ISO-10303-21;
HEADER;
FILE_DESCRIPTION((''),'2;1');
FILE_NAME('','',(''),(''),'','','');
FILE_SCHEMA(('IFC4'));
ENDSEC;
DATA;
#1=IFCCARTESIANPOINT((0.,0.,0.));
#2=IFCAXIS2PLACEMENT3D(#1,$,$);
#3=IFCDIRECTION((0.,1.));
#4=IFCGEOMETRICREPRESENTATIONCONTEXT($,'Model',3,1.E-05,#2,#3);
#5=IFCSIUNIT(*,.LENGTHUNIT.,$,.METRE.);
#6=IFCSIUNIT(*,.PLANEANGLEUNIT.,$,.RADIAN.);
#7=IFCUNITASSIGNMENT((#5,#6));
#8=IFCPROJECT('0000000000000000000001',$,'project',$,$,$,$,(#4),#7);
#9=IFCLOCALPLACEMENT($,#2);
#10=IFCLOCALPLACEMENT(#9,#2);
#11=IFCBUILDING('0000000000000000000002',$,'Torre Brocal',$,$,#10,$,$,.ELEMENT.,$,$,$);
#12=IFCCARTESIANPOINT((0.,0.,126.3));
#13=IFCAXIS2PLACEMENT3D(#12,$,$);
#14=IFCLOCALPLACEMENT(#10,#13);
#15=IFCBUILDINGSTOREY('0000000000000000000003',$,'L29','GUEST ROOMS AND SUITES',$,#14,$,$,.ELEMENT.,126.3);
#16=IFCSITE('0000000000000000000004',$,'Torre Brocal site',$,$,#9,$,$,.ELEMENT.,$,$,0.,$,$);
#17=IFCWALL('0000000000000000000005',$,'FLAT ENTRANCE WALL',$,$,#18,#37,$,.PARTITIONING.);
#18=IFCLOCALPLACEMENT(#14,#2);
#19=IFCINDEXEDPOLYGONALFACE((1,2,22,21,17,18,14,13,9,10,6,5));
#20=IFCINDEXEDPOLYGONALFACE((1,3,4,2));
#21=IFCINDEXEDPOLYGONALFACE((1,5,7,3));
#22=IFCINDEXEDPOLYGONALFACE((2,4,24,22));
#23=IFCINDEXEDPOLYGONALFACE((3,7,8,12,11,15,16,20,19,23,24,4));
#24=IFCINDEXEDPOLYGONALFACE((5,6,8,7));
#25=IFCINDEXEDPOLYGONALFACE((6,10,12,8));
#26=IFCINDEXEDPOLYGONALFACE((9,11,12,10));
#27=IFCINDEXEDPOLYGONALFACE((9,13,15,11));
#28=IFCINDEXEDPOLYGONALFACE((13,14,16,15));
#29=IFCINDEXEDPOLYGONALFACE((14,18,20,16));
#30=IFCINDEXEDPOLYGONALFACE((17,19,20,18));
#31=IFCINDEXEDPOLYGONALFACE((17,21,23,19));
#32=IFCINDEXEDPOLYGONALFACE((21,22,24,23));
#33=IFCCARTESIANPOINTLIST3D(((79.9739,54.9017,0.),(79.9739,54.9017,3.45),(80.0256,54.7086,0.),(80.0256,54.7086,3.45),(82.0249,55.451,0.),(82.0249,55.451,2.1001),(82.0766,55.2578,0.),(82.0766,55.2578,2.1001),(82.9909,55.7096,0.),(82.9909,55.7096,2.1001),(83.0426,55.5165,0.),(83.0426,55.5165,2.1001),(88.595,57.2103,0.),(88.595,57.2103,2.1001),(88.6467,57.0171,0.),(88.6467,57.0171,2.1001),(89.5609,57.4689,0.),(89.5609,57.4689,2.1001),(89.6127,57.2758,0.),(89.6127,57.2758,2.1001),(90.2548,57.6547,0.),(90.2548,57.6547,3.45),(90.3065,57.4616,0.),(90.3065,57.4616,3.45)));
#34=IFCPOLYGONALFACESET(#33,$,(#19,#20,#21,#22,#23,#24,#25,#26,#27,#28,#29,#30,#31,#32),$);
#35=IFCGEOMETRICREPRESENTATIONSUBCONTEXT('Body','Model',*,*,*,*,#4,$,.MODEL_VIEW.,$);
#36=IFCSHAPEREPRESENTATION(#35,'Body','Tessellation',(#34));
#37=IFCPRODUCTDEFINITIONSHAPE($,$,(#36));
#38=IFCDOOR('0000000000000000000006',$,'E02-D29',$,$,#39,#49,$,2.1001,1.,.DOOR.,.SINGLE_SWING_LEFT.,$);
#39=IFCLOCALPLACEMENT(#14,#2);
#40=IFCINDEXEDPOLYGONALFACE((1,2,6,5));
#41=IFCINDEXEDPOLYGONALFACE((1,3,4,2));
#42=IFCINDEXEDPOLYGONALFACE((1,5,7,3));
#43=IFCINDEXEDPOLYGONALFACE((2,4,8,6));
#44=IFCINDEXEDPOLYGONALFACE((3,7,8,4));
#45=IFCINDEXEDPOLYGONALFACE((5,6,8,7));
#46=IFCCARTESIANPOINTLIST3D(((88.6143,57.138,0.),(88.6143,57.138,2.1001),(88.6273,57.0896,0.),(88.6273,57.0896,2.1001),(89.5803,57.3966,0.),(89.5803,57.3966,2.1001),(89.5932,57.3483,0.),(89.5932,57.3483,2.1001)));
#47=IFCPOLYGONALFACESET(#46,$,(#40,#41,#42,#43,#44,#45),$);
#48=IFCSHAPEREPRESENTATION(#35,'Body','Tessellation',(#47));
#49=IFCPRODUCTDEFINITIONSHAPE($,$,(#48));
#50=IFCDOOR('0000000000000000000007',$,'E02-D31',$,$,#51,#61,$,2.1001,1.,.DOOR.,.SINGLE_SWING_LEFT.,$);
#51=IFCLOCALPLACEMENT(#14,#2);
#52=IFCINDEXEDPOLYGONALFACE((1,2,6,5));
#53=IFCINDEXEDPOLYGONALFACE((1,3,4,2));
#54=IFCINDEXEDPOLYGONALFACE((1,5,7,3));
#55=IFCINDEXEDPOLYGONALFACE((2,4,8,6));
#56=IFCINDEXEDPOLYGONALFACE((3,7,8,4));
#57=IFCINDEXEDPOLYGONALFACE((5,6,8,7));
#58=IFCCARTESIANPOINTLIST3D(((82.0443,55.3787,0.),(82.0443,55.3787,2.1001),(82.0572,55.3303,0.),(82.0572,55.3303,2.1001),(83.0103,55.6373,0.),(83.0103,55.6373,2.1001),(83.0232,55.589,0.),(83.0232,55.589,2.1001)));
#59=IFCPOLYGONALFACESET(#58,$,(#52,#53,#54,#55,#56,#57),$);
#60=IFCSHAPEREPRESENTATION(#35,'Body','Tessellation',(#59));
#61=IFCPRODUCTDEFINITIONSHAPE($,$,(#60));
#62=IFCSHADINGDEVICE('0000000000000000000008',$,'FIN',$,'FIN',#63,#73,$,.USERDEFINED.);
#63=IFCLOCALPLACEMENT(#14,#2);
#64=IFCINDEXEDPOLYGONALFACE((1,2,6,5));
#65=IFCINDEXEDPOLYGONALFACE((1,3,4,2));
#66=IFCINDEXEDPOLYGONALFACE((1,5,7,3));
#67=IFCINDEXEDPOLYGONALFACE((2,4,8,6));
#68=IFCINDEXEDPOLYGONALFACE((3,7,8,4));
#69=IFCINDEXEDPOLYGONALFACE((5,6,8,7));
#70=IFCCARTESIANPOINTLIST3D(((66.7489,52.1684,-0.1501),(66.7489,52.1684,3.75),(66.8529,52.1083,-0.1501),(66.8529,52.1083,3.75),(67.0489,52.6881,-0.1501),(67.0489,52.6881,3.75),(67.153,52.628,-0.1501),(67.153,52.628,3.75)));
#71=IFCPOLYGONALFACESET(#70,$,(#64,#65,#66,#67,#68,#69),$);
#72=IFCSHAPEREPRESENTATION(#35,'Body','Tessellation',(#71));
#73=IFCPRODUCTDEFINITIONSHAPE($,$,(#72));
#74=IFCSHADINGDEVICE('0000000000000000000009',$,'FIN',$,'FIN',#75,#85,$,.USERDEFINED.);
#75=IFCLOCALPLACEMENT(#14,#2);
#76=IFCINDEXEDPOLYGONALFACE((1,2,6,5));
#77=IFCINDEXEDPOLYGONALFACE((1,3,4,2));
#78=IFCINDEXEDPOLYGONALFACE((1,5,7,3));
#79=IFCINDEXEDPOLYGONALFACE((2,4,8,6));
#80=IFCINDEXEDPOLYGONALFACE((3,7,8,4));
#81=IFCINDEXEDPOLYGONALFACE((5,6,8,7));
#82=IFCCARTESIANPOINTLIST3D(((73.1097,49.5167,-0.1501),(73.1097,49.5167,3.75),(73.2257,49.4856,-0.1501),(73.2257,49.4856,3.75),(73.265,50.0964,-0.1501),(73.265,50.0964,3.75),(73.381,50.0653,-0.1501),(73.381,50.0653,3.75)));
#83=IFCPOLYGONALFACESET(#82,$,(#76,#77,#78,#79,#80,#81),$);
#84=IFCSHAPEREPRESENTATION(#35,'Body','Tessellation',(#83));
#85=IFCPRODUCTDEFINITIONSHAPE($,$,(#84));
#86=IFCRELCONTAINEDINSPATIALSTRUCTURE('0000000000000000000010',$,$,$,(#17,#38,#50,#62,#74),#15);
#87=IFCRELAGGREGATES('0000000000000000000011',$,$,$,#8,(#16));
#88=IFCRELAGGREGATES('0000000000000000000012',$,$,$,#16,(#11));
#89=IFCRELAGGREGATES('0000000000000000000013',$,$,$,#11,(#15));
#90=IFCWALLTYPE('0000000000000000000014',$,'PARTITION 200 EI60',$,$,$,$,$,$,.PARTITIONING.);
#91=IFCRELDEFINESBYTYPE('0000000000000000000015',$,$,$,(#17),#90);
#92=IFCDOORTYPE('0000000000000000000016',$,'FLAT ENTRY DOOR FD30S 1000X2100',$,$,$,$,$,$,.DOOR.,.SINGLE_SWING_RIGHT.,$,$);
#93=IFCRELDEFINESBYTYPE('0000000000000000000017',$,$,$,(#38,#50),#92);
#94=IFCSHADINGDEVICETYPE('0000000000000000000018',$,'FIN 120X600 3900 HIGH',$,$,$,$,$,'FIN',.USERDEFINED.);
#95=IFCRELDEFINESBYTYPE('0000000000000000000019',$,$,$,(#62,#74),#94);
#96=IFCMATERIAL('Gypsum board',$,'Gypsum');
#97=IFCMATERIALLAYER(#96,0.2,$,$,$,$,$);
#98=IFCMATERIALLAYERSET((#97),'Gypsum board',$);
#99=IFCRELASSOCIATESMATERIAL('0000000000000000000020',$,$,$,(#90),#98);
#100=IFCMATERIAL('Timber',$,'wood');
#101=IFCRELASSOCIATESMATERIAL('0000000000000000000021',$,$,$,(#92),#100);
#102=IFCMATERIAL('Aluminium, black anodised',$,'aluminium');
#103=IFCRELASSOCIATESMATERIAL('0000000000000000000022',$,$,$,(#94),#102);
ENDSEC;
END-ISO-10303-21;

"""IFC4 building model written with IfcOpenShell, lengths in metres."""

from ifc_helpers import new_model, si_unit, direction, frame, frame_2d, origin, origin_2d, place, context, subcontext, project, spatial, rectangle, extrude, material, layer, layer_set, material_profile, profile_set, type_object, element, fill, save


model = new_model("IFC4")

# Units and contexts
model_context = context("Model", 3, precision=1e-05, world=origin(), true_north=direction((0.0, 1.0)))
body_context = subcontext(model_context, "Body", "Model", "MODEL_VIEW")
ifc_project = project(units=[si_unit("LENGTHUNIT", "METRE"), si_unit("PLANEANGLEUNIT", "RADIAN")], contexts=[model_context])

# Site, building, storey
site_placement = place(None, origin())
site = spatial("IfcSite", under=ifc_project, at=site_placement, Name="Torre Brocal site", CompositionType="ELEMENT", RefElevation=0.0)
building_placement = place(site_placement, origin())
building = spatial("IfcBuilding", under=site, at=building_placement, Name="Torre Brocal", CompositionType="ELEMENT")
storey_placement = place(building_placement, frame((0.0, 0.0, 126.3)))
storey = spatial("IfcBuildingStorey", under=building, at=storey_placement, Name="L29", Description="GUEST ROOMS AND SUITES", CompositionType="ELEMENT", Elevation=126.3)

# Shared definitions
ifc_material_1 = material(Name="Gypsum board", Category="Gypsum")
ifc_layer_1 = layer(ifc_material_1, 0.2)
ifc_layer_set_1 = layer_set([ifc_layer_1], Name="Gypsum board")
wall_type_1 = type_object("IfcWallType", Name="PARTITION 200 EI60", PredefinedType="PARTITIONING", material=ifc_layer_set_1)
ifc_material_2 = material(Name="Timber", Category="wood")
door_type_1 = type_object("IfcDoorType", Name="FLAT ENTRY DOOR FD30S 1000X2100", OperationType="SINGLE_SWING_RIGHT", PredefinedType="DOOR", material=ifc_material_2)

# Wall, openings, doors
wall_1_placement = place(storey_placement, frame((79.9998, 54.8052, 0.0), z_axis=(0.0, 0.0, 1.0), x_axis=(0.965968, 0.258662, 0.0)))
wall_1 = element("IfcWall", 1, at=wall_1_placement, inside=storey, type_object=wall_type_1, Name="FLAT ENTRANCE WALL", PredefinedType="PARTITIONING", context=body_context, shape_type="SweptSolid", body=[
    extrude(rectangle(XDim=10.6431, YDim=0.2, at=frame_2d((5.3215, 0.0))), origin(), (0.0, 0.0, 1.0), 3.45),
])
opening_1_placement = place(wall_1_placement, frame((8.9248, 0.0, 0.0)))
opening_1 = element("IfcOpeningElement", 2, at=opening_1_placement, cuts=wall_1, PredefinedType="OPENING", context=body_context, shape_type="SweptSolid", body=[
    extrude(rectangle(XDim=1.0, YDim=2.1001, at=frame_2d((0.5, 1.05))), frame((0.0, 0.1099, 0.0), z_axis=(0.0, -1.0, 0.0), x_axis=(1.0, 0.0, 0.0)), (0.0, 0.0, 1.0), 0.22),
])
opening_2_placement = place(wall_1_placement, frame((2.1233, 0.0, 0.0)))
opening_2 = element("IfcOpeningElement", 3, at=opening_2_placement, cuts=wall_1, PredefinedType="OPENING", context=body_context, shape_type="SweptSolid", body=[
    extrude(rectangle(XDim=1.0, YDim=2.1001, at=frame_2d((0.5, 1.05))), frame((0.0, 0.1099, 0.0), z_axis=(0.0, -1.0, 0.0), x_axis=(1.0, 0.0, 0.0)), (0.0, 0.0, 1.0), 0.22),
])
door_1_placement = place(opening_1_placement, frame((1.0, 0.0, 0.0), z_axis=(0.0, 0.0, 1.0), x_axis=(-1.0, 0.0, 0.0)))
door_1 = element("IfcDoor", 4, at=door_1_placement, inside=storey, type_object=door_type_1, Name="E02-D29", OperationType="SINGLE_SWING_LEFT", OverallHeight=2.1001, OverallWidth=1.0, PredefinedType="DOOR", context=body_context, shape_type="SweptSolid", body=[
    extrude(rectangle(XDim=1.0, YDim=2.1001, at=frame_2d((0.5, 1.05))), frame((0.0, 0.0249, 0.0), z_axis=(0.0, -1.0, 0.0), x_axis=(1.0, 0.0, 0.0)), (0.0, 0.0, 1.0), 0.05),
])
fill(opening_1, door_1)
door_2_placement = place(opening_2_placement, frame((1.0, 0.0, 0.0), z_axis=(0.0, 0.0, 1.0), x_axis=(-1.0, 0.0, 0.0)))
door_2 = element("IfcDoor", 5, at=door_2_placement, inside=storey, type_object=door_type_1, Name="E02-D31", OperationType="SINGLE_SWING_LEFT", OverallHeight=2.1001, OverallWidth=1.0, PredefinedType="DOOR", context=body_context, shape_type="SweptSolid", body=[
    extrude(rectangle(XDim=1.0, YDim=2.1001, at=frame_2d((0.5, 1.05))), frame((0.0, 0.0249, 0.0), z_axis=(0.0, -1.0, 0.0), x_axis=(1.0, 0.0, 0.0)), (0.0, 0.0, 1.0), 0.05),
])
fill(opening_2, door_2)

# Shading devices
ifc_material_3 = material(Name="Aluminium, black anodised", Category="aluminium")
ifc_material_profile_1 = material_profile(ifc_material_3, rectangle(XDim=0.1201, YDim=0.6001, at=origin_2d()), Name="FIN 120X600 3900 HIGH")
ifc_profile_set_1 = profile_set([ifc_material_profile_1], Name="Aluminium, black anodised")
shading_device_type = type_object("IfcShadingDeviceType", Name="FIN 120X600 3900 HIGH", ElementType="FIN", PredefinedType="USERDEFINED", material=ifc_profile_set_1)
for number, where, z_axis, x_axis, name in (
    (6, (66.9509, 52.3982, -0.1501), (0.0, 0.0, 1.0), (0.866025, -0.5, 0.0), "FIN"),
    (7, (73.2454, 49.791, -0.1501), (0.0, 0.0, 1.0), (0.965926, -0.258819, 0.0), "FIN"),
):
    element("IfcShadingDevice", number, at=place(storey_placement, frame(where, z_axis=z_axis, x_axis=x_axis)), inside=storey, type_object=shading_device_type, Name=name, ObjectType="FIN", PredefinedType="USERDEFINED", context=body_context, shape_type="SweptSolid", body=[
        extrude(rectangle(XDim=0.1201, YDim=0.6001, at=origin_2d()), origin(), (0.0, 0.0, 1.0), 3.9001),
    ])

save(model, "model.ifc")
